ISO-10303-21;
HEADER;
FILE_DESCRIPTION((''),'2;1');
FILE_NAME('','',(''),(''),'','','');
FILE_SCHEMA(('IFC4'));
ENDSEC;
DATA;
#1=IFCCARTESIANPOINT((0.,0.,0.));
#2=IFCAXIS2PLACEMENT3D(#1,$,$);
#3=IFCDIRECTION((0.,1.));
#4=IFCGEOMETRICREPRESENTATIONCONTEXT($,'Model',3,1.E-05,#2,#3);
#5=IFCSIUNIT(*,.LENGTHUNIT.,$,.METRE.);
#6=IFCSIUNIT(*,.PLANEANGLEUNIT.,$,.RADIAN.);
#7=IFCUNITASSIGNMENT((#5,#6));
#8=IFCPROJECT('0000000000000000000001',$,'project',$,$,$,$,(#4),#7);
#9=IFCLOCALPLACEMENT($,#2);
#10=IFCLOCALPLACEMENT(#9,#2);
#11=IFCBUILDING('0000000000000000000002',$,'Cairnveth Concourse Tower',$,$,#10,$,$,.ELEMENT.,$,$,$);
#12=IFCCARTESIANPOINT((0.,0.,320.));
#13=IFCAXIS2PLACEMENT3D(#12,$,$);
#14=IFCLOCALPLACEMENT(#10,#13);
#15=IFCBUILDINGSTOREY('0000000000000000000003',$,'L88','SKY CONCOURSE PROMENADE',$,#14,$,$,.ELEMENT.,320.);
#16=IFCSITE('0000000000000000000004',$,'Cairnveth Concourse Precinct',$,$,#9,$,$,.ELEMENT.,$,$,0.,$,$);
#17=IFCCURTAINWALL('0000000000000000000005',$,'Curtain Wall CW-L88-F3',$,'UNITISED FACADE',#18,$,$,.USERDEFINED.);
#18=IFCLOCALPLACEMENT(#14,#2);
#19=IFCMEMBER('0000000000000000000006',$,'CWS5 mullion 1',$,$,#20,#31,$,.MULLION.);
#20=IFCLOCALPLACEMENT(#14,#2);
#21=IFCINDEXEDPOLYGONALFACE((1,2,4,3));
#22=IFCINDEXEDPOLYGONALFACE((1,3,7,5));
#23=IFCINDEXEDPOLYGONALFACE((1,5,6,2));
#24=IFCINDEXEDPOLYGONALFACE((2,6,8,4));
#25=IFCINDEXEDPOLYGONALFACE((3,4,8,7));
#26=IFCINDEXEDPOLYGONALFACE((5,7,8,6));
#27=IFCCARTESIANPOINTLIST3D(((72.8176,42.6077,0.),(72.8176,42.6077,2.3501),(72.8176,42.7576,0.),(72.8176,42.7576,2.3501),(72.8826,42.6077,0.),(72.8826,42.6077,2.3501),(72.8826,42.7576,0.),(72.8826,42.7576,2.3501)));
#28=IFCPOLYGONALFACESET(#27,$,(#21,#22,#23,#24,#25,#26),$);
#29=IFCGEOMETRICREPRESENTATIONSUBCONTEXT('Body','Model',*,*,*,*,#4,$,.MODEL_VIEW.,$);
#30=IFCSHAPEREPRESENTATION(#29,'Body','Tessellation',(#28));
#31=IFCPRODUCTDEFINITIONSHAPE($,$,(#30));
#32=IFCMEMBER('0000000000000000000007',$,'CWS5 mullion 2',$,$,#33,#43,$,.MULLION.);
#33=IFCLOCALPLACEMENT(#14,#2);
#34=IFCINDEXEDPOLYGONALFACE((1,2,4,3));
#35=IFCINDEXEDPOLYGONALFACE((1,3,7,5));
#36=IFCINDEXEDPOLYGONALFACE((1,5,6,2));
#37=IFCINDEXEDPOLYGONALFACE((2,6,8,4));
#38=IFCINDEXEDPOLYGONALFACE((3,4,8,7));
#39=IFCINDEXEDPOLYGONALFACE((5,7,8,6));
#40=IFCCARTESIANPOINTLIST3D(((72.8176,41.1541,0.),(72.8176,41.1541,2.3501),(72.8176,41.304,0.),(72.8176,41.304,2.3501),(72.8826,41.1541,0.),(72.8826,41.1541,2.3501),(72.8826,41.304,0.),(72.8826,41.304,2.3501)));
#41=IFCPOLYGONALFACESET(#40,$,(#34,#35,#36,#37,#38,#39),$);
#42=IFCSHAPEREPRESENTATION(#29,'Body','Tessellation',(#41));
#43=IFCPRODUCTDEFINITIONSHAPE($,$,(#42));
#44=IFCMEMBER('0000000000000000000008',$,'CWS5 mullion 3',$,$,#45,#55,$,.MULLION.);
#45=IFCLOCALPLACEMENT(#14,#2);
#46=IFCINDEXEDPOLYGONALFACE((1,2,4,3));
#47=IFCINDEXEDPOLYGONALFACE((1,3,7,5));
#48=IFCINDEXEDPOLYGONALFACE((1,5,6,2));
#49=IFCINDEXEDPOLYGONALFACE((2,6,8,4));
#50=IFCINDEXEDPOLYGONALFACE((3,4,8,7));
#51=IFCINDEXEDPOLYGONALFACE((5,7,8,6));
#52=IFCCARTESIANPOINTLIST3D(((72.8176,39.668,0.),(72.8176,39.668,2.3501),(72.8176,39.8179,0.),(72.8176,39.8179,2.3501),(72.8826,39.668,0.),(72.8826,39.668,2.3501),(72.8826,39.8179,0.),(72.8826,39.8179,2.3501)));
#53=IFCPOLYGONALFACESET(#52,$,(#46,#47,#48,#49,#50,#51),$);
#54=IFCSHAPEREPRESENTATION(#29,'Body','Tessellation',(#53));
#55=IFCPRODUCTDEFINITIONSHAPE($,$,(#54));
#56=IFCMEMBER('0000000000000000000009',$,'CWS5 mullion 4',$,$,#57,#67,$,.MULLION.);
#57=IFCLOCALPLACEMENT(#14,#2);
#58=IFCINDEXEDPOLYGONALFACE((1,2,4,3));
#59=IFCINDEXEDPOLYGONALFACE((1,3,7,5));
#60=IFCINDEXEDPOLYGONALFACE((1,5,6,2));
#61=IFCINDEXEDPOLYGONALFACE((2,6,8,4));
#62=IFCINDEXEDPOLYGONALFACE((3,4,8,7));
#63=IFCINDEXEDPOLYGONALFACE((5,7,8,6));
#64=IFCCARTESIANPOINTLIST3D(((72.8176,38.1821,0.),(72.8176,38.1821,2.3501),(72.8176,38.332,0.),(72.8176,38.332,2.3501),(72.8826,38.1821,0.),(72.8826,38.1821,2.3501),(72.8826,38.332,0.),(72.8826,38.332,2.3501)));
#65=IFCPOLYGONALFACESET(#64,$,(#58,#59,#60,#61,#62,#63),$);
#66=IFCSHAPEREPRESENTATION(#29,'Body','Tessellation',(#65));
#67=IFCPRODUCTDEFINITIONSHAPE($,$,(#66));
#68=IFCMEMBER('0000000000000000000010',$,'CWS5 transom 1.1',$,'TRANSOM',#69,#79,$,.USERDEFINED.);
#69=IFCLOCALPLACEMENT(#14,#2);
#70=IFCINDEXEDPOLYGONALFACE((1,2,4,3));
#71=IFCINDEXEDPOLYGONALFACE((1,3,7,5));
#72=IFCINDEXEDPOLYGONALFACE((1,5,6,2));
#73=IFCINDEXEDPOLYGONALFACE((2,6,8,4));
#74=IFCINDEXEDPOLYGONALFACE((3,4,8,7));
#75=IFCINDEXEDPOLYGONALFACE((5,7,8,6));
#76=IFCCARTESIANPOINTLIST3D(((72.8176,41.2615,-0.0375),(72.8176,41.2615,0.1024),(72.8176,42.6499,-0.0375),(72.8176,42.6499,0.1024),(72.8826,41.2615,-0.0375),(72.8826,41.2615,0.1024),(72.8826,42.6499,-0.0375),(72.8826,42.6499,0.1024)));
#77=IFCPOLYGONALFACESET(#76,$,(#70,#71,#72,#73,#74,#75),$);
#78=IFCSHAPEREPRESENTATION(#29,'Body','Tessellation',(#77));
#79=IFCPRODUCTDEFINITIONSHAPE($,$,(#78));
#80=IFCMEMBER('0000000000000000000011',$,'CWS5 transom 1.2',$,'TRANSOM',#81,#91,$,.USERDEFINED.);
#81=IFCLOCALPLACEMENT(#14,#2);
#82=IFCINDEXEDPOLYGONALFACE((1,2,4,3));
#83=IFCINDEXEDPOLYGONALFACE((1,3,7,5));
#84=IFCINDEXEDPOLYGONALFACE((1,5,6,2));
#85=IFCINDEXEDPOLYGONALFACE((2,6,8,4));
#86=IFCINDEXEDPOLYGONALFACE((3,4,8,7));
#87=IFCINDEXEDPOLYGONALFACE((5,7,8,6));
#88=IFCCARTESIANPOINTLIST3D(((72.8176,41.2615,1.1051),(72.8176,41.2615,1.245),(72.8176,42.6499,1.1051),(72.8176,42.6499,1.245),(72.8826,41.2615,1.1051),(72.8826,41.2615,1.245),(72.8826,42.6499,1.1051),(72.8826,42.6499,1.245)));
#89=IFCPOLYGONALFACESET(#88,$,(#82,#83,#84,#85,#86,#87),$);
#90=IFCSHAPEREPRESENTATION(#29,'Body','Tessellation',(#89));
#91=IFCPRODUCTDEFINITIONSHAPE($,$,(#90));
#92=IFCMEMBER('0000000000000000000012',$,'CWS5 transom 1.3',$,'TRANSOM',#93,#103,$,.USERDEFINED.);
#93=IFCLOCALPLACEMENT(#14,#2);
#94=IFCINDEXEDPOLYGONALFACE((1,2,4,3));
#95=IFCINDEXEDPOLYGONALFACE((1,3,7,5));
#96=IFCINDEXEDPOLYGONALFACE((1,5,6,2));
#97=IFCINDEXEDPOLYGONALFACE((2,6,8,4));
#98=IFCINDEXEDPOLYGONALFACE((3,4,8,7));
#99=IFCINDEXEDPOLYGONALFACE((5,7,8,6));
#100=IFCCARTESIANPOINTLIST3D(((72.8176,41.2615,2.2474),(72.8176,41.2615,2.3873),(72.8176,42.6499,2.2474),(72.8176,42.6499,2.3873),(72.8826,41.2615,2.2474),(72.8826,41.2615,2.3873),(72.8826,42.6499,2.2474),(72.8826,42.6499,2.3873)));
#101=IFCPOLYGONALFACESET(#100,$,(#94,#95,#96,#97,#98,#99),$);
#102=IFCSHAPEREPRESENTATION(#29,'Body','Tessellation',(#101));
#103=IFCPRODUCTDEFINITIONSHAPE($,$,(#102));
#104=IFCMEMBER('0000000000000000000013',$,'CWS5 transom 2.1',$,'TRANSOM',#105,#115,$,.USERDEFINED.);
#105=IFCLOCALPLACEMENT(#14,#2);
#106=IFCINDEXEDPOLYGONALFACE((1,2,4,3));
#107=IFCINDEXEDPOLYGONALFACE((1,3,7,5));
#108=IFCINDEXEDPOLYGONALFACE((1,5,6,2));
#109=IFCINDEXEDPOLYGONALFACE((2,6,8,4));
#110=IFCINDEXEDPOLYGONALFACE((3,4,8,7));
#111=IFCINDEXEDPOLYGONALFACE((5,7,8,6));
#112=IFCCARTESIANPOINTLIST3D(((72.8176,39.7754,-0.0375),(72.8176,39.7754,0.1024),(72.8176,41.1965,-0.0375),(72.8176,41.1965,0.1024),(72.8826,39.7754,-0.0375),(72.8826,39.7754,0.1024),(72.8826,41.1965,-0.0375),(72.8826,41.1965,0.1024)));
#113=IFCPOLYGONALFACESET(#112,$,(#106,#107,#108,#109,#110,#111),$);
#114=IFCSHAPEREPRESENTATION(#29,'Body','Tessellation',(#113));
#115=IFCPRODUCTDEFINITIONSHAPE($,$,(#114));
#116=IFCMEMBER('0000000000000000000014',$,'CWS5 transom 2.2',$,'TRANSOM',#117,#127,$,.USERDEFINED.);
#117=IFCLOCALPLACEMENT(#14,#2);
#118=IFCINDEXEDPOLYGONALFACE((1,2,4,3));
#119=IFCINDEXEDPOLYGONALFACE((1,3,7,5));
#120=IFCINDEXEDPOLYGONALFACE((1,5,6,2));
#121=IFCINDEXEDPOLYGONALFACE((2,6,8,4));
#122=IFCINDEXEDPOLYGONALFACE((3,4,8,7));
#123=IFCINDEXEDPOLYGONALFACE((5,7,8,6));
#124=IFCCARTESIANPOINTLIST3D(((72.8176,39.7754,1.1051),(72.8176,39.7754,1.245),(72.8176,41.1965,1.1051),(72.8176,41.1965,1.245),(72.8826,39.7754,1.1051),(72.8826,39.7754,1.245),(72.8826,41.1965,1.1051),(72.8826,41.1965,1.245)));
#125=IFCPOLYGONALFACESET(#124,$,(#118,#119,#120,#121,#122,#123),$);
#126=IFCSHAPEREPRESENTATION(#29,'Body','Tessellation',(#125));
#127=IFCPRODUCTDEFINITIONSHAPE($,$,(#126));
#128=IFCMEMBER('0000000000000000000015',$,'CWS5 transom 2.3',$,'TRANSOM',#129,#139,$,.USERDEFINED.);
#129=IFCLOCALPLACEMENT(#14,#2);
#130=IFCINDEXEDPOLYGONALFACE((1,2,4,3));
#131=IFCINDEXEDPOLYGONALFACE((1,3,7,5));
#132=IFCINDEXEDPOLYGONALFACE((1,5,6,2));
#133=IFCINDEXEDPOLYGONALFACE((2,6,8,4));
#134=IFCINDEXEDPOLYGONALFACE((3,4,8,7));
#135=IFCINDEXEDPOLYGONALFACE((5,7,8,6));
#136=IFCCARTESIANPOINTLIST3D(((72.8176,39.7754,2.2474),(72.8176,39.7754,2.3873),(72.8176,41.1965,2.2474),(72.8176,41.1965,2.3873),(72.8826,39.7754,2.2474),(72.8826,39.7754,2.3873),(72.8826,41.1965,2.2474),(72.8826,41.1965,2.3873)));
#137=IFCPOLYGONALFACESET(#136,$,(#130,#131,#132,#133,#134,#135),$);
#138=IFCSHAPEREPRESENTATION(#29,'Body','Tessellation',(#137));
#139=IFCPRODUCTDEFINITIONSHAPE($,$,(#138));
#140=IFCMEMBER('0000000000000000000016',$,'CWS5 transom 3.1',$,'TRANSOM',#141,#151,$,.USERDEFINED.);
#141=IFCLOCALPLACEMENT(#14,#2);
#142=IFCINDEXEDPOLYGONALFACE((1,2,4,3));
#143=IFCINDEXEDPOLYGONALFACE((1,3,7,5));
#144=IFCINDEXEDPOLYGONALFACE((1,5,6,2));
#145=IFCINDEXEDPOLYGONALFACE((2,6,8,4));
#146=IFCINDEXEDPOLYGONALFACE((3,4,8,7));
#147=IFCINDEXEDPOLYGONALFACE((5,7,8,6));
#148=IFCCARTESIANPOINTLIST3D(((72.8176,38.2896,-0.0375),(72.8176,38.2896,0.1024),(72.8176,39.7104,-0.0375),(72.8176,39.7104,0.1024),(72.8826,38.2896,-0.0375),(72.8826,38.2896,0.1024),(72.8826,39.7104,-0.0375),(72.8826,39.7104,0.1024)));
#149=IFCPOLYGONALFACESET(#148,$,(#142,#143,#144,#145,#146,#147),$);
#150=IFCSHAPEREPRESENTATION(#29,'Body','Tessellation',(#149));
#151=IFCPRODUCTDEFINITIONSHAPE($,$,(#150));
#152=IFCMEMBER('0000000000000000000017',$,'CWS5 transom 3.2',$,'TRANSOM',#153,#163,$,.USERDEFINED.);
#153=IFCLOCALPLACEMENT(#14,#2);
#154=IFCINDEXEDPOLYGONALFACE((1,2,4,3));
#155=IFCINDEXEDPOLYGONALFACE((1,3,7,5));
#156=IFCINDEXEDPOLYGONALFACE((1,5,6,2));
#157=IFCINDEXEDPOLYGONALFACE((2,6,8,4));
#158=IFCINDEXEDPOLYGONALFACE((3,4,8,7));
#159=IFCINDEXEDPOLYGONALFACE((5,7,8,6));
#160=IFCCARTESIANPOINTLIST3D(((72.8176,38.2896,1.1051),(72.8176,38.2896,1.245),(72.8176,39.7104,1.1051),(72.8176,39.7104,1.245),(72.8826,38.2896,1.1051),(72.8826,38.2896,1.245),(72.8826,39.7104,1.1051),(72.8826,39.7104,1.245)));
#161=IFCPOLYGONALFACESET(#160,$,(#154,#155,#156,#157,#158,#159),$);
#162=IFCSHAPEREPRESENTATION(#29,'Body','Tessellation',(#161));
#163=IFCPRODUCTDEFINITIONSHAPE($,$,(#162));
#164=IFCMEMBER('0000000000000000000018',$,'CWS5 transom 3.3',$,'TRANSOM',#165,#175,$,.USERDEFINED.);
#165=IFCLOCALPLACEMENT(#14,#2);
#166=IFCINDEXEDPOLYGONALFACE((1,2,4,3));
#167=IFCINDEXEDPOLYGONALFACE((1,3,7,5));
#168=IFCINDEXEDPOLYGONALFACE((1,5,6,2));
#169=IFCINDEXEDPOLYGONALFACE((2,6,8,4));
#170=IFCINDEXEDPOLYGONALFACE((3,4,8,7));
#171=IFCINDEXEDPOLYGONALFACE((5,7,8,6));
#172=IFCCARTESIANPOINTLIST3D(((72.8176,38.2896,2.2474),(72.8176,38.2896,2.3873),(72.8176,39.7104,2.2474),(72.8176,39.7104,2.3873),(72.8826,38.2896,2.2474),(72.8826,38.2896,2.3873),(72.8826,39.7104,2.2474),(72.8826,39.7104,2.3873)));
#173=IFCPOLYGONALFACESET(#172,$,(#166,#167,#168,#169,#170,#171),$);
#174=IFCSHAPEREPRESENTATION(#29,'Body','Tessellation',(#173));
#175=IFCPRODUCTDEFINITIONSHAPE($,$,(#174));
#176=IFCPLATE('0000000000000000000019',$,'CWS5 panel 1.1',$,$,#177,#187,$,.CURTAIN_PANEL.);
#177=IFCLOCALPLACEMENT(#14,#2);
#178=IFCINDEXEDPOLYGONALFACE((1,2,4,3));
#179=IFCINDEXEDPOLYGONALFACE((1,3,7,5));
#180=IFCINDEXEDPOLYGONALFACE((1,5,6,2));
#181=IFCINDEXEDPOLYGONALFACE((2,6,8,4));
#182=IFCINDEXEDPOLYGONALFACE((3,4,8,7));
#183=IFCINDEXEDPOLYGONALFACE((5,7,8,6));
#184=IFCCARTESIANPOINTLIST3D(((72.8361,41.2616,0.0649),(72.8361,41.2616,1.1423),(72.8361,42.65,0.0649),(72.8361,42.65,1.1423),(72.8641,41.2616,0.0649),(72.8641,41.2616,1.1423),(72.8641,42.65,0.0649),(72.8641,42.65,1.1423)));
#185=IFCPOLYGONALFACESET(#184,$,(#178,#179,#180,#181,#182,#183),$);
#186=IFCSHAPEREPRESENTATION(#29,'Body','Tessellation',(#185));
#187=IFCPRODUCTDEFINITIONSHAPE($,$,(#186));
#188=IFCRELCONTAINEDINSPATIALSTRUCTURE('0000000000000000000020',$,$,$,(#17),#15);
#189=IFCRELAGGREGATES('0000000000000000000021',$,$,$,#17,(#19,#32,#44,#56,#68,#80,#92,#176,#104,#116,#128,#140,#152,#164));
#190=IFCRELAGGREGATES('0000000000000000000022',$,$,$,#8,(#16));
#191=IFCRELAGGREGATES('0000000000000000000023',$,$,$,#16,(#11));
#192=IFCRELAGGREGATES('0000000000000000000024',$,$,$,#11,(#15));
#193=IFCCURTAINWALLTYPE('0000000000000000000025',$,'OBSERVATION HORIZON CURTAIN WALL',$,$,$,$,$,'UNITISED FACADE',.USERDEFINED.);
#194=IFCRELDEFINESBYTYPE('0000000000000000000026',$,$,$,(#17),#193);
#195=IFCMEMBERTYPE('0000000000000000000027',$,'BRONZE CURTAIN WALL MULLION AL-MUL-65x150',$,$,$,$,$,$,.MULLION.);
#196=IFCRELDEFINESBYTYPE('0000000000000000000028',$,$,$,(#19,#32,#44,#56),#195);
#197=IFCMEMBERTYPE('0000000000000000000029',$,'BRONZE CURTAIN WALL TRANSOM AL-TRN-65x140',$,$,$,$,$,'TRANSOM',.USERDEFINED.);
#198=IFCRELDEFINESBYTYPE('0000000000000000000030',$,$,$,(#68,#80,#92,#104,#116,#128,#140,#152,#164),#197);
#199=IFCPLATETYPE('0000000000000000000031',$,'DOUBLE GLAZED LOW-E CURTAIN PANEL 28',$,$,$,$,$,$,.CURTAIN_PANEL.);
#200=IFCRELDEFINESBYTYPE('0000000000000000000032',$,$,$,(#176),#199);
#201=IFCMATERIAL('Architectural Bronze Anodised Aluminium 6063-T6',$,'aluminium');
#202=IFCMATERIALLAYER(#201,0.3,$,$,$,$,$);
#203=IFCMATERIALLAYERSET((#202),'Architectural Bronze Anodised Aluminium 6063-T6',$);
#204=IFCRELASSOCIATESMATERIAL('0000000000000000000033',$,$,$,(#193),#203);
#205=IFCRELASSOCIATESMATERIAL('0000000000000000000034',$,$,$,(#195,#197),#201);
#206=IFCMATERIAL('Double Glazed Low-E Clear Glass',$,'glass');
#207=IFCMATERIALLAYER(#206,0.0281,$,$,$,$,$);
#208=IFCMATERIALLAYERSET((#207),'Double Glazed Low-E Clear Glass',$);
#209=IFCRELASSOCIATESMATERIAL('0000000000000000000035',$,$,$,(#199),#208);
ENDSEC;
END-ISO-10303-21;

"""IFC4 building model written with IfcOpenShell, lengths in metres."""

from ifc_helpers import new_model, si_unit, direction, frame, origin, origin_2d, place, context, subcontext, project, spatial, rectangle, extrude, material, layer, layer_set, material_profile, profile_set, type_object, element, aggregate, save


model = new_model("IFC4")

# Units and contexts
model_context = context("Model", 3, precision=1e-05, world=origin(), true_north=direction((0.0, 1.0)))
body_context = subcontext(model_context, "Body", "Model", "MODEL_VIEW")
ifc_project = project(units=[si_unit("LENGTHUNIT", "METRE"), si_unit("PLANEANGLEUNIT", "RADIAN")], contexts=[model_context])

# Site, building, storey
site_placement = place(None, origin())
site = spatial("IfcSite", under=ifc_project, at=site_placement, Name="Cairnveth Concourse Precinct", CompositionType="ELEMENT", RefElevation=0.0)
building_placement = place(site_placement, origin())
building = spatial("IfcBuilding", under=site, at=building_placement, Name="Cairnveth Concourse Tower", CompositionType="ELEMENT")
storey_placement = place(building_placement, frame((0.0, 0.0, 320.0)))
storey = spatial("IfcBuildingStorey", under=building, at=storey_placement, Name="L88", Description="SKY CONCOURSE PROMENADE", CompositionType="ELEMENT", Elevation=320.0)

# Curtain wall, members, plate
ifc_material_1 = material(Name="Architectural Bronze Anodised Aluminium 6063-T6", Category="aluminium")
ifc_layer_1 = layer(ifc_material_1, 0.3)
ifc_layer_set_1 = layer_set([ifc_layer_1], Name="Architectural Bronze Anodised Aluminium 6063-T6")
curtain_wall_type = type_object("IfcCurtainWallType", Name="OBSERVATION HORIZON CURTAIN WALL", ElementType="UNITISED FACADE", PredefinedType="USERDEFINED", material=ifc_layer_set_1)
curtain_wall_placement = place(storey_placement, origin())
curtain_wall = element("IfcCurtainWall", 1, at=curtain_wall_placement, inside=storey, type_object=curtain_wall_type, Name="Curtain Wall CW-L88-F3", ObjectType="UNITISED FACADE", PredefinedType="USERDEFINED")
ifc_material_profile_1 = material_profile(ifc_material_1, rectangle(XDim=0.0649, YDim=0.1499, at=origin_2d()), Name="AL-MUL-65x150")
ifc_profile_set_1 = profile_set([ifc_material_profile_1], Name="Architectural Bronze Anodised Aluminium 6063-T6")
member_type_1 = type_object("IfcMemberType", Name="BRONZE CURTAIN WALL MULLION AL-MUL-65x150", PredefinedType="MULLION", material=ifc_profile_set_1)
member_1_placement = place(storey_placement, frame((72.8501, 42.6826, 0.0), z_axis=(0.0, 0.0, 1.0), x_axis=(1.0, 0.0, 0.0)))
member_1 = element("IfcMember", 2, at=member_1_placement, type_object=member_type_1, Name="CWS5 mullion 1", PredefinedType="MULLION", context=body_context, shape_type="SweptSolid", body=[
    extrude(rectangle(XDim=0.0649, YDim=0.1499, at=origin_2d()), origin(), (0.0, 0.0, 1.0), 2.3501),
])
member_2_placement = place(storey_placement, frame((72.8501, 41.229, 0.0), z_axis=(0.0, 0.0, 1.0), x_axis=(1.0, 0.0, 0.0)))
member_2 = element("IfcMember", 3, at=member_2_placement, type_object=member_type_1, Name="CWS5 mullion 2", PredefinedType="MULLION", context=body_context, shape_type="SweptSolid", body=[
    extrude(rectangle(XDim=0.0649, YDim=0.1499, at=origin_2d()), origin(), (0.0, 0.0, 1.0), 2.3501),
])
member_3_placement = place(storey_placement, frame((72.8501, 39.7429, 0.0), z_axis=(0.0, 0.0, 1.0), x_axis=(1.0, 0.0, 0.0)))
member_3 = element("IfcMember", 4, at=member_3_placement, type_object=member_type_1, Name="CWS5 mullion 3", PredefinedType="MULLION", context=body_context, shape_type="SweptSolid", body=[
    extrude(rectangle(XDim=0.0649, YDim=0.1499, at=origin_2d()), origin(), (0.0, 0.0, 1.0), 2.3501),
])
member_4_placement = place(storey_placement, frame((72.8501, 38.2571, 0.0), z_axis=(0.0, 0.0, 1.0), x_axis=(1.0, 0.0, 0.0)))
member_4 = element("IfcMember", 5, at=member_4_placement, type_object=member_type_1, Name="CWS5 mullion 4", PredefinedType="MULLION", context=body_context, shape_type="SweptSolid", body=[
    extrude(rectangle(XDim=0.0649, YDim=0.1499, at=origin_2d()), origin(), (0.0, 0.0, 1.0), 2.3501),
])
ifc_material_profile_2 = material_profile(ifc_material_1, rectangle(XDim=0.0649, YDim=0.1399, at=origin_2d()), Name="AL-TRN-65x140")
ifc_profile_set_2 = profile_set([ifc_material_profile_2], Name="Architectural Bronze Anodised Aluminium 6063-T6")
member_type_2 = type_object("IfcMemberType", Name="BRONZE CURTAIN WALL TRANSOM AL-TRN-65x140", ElementType="TRANSOM", PredefinedType="USERDEFINED", material=ifc_profile_set_2)
member_5_placement = place(storey_placement, frame((72.8501, 42.6499, 0.0325), z_axis=(0.0, -1.0, 0.0), x_axis=(1.0, 0.0, 0.0)))
member_5 = element("IfcMember", 6, at=member_5_placement, type_object=member_type_2, Name="CWS5 transom 1.1", ObjectType="TRANSOM", PredefinedType="USERDEFINED", context=body_context, shape_type="SweptSolid", body=[
    extrude(rectangle(XDim=0.0649, YDim=0.1399, at=origin_2d()), origin(), (0.0, 0.0, 1.0), 1.3884),
])
member_6_placement = place(storey_placement, frame((72.8501, 42.6499, 1.175), z_axis=(0.0, -1.0, 0.0), x_axis=(1.0, 0.0, 0.0)))
member_6 = element("IfcMember", 7, at=member_6_placement, type_object=member_type_2, Name="CWS5 transom 1.2", ObjectType="TRANSOM", PredefinedType="USERDEFINED", context=body_context, shape_type="SweptSolid", body=[
    extrude(rectangle(XDim=0.0649, YDim=0.1399, at=origin_2d()), origin(), (0.0, 0.0, 1.0), 1.3884),
])
member_7_placement = place(storey_placement, frame((72.8501, 42.6499, 2.3174), z_axis=(0.0, -1.0, 0.0), x_axis=(1.0, 0.0, 0.0)))
member_7 = element("IfcMember", 8, at=member_7_placement, type_object=member_type_2, Name="CWS5 transom 1.3", ObjectType="TRANSOM", PredefinedType="USERDEFINED", context=body_context, shape_type="SweptSolid", body=[
    extrude(rectangle(XDim=0.0649, YDim=0.1399, at=origin_2d()), origin(), (0.0, 0.0, 1.0), 1.3884),
])
member_8_placement = place(storey_placement, frame((72.8501, 41.1965, 0.0325), z_axis=(0.0, -1.0, 0.0), x_axis=(1.0, 0.0, 0.0)))
member_8 = element("IfcMember", 9, at=member_8_placement, type_object=member_type_2, Name="CWS5 transom 2.1", ObjectType="TRANSOM", PredefinedType="USERDEFINED", context=body_context, shape_type="SweptSolid", body=[
    extrude(rectangle(XDim=0.0649, YDim=0.1399, at=origin_2d()), origin(), (0.0, 0.0, 1.0), 1.4211),
])
member_9_placement = place(storey_placement, frame((72.8501, 41.1965, 1.175), z_axis=(0.0, -1.0, 0.0), x_axis=(1.0, 0.0, 0.0)))
member_9 = element("IfcMember", 10, at=member_9_placement, type_object=member_type_2, Name="CWS5 transom 2.2", ObjectType="TRANSOM", PredefinedType="USERDEFINED", context=body_context, shape_type="SweptSolid", body=[
    extrude(rectangle(XDim=0.0649, YDim=0.1399, at=origin_2d()), origin(), (0.0, 0.0, 1.0), 1.4211),
])
member_10_placement = place(storey_placement, frame((72.8501, 41.1965, 2.3174), z_axis=(0.0, -1.0, 0.0), x_axis=(1.0, 0.0, 0.0)))
member_10 = element("IfcMember", 11, at=member_10_placement, type_object=member_type_2, Name="CWS5 transom 2.3", ObjectType="TRANSOM", PredefinedType="USERDEFINED", context=body_context, shape_type="SweptSolid", body=[
    extrude(rectangle(XDim=0.0649, YDim=0.1399, at=origin_2d()), origin(), (0.0, 0.0, 1.0), 1.4211),
])
member_11_placement = place(storey_placement, frame((72.8501, 39.7104, 0.0325), z_axis=(0.0, -1.0, 0.0), x_axis=(1.0, 0.0, 0.0)))
member_11 = element("IfcMember", 12, at=member_11_placement, type_object=member_type_2, Name="CWS5 transom 3.1", ObjectType="TRANSOM", PredefinedType="USERDEFINED", context=body_context, shape_type="SweptSolid", body=[
    extrude(rectangle(XDim=0.0649, YDim=0.1399, at=origin_2d()), origin(), (0.0, 0.0, 1.0), 1.4209),
])
member_12_placement = place(storey_placement, frame((72.8501, 39.7104, 1.175), z_axis=(0.0, -1.0, 0.0), x_axis=(1.0, 0.0, 0.0)))
member_12 = element("IfcMember", 13, at=member_12_placement, type_object=member_type_2, Name="CWS5 transom 3.2", ObjectType="TRANSOM", PredefinedType="USERDEFINED", context=body_context, shape_type="SweptSolid", body=[
    extrude(rectangle(XDim=0.0649, YDim=0.1399, at=origin_2d()), origin(), (0.0, 0.0, 1.0), 1.4209),
])
member_13_placement = place(storey_placement, frame((72.8501, 39.7104, 2.3174), z_axis=(0.0, -1.0, 0.0), x_axis=(1.0, 0.0, 0.0)))
member_13 = element("IfcMember", 14, at=member_13_placement, type_object=member_type_2, Name="CWS5 transom 3.3", ObjectType="TRANSOM", PredefinedType="USERDEFINED", context=body_context, shape_type="SweptSolid", body=[
    extrude(rectangle(XDim=0.0649, YDim=0.1399, at=origin_2d()), origin(), (0.0, 0.0, 1.0), 1.4209),
])
ifc_material_2 = material(Name="Double Glazed Low-E Clear Glass", Category="glass")
ifc_layer_2 = layer(ifc_material_2, 0.0281)
ifc_layer_set_2 = layer_set([ifc_layer_2], Name="Double Glazed Low-E Clear Glass")
plate_type = type_object("IfcPlateType", Name="DOUBLE GLAZED LOW-E CURTAIN PANEL 28", PredefinedType="CURTAIN_PANEL", material=ifc_layer_set_2)
plate_1_placement = place(storey_placement, frame((72.8501, 41.9558, 0.0649), z_axis=(0.0, 0.0, 1.0), x_axis=(0.0, -1.0, 0.0)))
plate_1 = element("IfcPlate", 15, at=plate_1_placement, type_object=plate_type, Name="CWS5 panel 1.1", PredefinedType="CURTAIN_PANEL", context=body_context, shape_type="SweptSolid", body=[
    extrude(rectangle(XDim=1.3884, YDim=0.0281, at=origin_2d()), origin(), (0.0, 0.0, 1.0), 1.0774),
])
aggregate(curtain_wall, [member_1, member_2, member_3, member_4, member_5, member_6, member_7, plate_1, member_8, member_9, member_10, member_11, member_12, member_13])

save(model, "model.ifc")
